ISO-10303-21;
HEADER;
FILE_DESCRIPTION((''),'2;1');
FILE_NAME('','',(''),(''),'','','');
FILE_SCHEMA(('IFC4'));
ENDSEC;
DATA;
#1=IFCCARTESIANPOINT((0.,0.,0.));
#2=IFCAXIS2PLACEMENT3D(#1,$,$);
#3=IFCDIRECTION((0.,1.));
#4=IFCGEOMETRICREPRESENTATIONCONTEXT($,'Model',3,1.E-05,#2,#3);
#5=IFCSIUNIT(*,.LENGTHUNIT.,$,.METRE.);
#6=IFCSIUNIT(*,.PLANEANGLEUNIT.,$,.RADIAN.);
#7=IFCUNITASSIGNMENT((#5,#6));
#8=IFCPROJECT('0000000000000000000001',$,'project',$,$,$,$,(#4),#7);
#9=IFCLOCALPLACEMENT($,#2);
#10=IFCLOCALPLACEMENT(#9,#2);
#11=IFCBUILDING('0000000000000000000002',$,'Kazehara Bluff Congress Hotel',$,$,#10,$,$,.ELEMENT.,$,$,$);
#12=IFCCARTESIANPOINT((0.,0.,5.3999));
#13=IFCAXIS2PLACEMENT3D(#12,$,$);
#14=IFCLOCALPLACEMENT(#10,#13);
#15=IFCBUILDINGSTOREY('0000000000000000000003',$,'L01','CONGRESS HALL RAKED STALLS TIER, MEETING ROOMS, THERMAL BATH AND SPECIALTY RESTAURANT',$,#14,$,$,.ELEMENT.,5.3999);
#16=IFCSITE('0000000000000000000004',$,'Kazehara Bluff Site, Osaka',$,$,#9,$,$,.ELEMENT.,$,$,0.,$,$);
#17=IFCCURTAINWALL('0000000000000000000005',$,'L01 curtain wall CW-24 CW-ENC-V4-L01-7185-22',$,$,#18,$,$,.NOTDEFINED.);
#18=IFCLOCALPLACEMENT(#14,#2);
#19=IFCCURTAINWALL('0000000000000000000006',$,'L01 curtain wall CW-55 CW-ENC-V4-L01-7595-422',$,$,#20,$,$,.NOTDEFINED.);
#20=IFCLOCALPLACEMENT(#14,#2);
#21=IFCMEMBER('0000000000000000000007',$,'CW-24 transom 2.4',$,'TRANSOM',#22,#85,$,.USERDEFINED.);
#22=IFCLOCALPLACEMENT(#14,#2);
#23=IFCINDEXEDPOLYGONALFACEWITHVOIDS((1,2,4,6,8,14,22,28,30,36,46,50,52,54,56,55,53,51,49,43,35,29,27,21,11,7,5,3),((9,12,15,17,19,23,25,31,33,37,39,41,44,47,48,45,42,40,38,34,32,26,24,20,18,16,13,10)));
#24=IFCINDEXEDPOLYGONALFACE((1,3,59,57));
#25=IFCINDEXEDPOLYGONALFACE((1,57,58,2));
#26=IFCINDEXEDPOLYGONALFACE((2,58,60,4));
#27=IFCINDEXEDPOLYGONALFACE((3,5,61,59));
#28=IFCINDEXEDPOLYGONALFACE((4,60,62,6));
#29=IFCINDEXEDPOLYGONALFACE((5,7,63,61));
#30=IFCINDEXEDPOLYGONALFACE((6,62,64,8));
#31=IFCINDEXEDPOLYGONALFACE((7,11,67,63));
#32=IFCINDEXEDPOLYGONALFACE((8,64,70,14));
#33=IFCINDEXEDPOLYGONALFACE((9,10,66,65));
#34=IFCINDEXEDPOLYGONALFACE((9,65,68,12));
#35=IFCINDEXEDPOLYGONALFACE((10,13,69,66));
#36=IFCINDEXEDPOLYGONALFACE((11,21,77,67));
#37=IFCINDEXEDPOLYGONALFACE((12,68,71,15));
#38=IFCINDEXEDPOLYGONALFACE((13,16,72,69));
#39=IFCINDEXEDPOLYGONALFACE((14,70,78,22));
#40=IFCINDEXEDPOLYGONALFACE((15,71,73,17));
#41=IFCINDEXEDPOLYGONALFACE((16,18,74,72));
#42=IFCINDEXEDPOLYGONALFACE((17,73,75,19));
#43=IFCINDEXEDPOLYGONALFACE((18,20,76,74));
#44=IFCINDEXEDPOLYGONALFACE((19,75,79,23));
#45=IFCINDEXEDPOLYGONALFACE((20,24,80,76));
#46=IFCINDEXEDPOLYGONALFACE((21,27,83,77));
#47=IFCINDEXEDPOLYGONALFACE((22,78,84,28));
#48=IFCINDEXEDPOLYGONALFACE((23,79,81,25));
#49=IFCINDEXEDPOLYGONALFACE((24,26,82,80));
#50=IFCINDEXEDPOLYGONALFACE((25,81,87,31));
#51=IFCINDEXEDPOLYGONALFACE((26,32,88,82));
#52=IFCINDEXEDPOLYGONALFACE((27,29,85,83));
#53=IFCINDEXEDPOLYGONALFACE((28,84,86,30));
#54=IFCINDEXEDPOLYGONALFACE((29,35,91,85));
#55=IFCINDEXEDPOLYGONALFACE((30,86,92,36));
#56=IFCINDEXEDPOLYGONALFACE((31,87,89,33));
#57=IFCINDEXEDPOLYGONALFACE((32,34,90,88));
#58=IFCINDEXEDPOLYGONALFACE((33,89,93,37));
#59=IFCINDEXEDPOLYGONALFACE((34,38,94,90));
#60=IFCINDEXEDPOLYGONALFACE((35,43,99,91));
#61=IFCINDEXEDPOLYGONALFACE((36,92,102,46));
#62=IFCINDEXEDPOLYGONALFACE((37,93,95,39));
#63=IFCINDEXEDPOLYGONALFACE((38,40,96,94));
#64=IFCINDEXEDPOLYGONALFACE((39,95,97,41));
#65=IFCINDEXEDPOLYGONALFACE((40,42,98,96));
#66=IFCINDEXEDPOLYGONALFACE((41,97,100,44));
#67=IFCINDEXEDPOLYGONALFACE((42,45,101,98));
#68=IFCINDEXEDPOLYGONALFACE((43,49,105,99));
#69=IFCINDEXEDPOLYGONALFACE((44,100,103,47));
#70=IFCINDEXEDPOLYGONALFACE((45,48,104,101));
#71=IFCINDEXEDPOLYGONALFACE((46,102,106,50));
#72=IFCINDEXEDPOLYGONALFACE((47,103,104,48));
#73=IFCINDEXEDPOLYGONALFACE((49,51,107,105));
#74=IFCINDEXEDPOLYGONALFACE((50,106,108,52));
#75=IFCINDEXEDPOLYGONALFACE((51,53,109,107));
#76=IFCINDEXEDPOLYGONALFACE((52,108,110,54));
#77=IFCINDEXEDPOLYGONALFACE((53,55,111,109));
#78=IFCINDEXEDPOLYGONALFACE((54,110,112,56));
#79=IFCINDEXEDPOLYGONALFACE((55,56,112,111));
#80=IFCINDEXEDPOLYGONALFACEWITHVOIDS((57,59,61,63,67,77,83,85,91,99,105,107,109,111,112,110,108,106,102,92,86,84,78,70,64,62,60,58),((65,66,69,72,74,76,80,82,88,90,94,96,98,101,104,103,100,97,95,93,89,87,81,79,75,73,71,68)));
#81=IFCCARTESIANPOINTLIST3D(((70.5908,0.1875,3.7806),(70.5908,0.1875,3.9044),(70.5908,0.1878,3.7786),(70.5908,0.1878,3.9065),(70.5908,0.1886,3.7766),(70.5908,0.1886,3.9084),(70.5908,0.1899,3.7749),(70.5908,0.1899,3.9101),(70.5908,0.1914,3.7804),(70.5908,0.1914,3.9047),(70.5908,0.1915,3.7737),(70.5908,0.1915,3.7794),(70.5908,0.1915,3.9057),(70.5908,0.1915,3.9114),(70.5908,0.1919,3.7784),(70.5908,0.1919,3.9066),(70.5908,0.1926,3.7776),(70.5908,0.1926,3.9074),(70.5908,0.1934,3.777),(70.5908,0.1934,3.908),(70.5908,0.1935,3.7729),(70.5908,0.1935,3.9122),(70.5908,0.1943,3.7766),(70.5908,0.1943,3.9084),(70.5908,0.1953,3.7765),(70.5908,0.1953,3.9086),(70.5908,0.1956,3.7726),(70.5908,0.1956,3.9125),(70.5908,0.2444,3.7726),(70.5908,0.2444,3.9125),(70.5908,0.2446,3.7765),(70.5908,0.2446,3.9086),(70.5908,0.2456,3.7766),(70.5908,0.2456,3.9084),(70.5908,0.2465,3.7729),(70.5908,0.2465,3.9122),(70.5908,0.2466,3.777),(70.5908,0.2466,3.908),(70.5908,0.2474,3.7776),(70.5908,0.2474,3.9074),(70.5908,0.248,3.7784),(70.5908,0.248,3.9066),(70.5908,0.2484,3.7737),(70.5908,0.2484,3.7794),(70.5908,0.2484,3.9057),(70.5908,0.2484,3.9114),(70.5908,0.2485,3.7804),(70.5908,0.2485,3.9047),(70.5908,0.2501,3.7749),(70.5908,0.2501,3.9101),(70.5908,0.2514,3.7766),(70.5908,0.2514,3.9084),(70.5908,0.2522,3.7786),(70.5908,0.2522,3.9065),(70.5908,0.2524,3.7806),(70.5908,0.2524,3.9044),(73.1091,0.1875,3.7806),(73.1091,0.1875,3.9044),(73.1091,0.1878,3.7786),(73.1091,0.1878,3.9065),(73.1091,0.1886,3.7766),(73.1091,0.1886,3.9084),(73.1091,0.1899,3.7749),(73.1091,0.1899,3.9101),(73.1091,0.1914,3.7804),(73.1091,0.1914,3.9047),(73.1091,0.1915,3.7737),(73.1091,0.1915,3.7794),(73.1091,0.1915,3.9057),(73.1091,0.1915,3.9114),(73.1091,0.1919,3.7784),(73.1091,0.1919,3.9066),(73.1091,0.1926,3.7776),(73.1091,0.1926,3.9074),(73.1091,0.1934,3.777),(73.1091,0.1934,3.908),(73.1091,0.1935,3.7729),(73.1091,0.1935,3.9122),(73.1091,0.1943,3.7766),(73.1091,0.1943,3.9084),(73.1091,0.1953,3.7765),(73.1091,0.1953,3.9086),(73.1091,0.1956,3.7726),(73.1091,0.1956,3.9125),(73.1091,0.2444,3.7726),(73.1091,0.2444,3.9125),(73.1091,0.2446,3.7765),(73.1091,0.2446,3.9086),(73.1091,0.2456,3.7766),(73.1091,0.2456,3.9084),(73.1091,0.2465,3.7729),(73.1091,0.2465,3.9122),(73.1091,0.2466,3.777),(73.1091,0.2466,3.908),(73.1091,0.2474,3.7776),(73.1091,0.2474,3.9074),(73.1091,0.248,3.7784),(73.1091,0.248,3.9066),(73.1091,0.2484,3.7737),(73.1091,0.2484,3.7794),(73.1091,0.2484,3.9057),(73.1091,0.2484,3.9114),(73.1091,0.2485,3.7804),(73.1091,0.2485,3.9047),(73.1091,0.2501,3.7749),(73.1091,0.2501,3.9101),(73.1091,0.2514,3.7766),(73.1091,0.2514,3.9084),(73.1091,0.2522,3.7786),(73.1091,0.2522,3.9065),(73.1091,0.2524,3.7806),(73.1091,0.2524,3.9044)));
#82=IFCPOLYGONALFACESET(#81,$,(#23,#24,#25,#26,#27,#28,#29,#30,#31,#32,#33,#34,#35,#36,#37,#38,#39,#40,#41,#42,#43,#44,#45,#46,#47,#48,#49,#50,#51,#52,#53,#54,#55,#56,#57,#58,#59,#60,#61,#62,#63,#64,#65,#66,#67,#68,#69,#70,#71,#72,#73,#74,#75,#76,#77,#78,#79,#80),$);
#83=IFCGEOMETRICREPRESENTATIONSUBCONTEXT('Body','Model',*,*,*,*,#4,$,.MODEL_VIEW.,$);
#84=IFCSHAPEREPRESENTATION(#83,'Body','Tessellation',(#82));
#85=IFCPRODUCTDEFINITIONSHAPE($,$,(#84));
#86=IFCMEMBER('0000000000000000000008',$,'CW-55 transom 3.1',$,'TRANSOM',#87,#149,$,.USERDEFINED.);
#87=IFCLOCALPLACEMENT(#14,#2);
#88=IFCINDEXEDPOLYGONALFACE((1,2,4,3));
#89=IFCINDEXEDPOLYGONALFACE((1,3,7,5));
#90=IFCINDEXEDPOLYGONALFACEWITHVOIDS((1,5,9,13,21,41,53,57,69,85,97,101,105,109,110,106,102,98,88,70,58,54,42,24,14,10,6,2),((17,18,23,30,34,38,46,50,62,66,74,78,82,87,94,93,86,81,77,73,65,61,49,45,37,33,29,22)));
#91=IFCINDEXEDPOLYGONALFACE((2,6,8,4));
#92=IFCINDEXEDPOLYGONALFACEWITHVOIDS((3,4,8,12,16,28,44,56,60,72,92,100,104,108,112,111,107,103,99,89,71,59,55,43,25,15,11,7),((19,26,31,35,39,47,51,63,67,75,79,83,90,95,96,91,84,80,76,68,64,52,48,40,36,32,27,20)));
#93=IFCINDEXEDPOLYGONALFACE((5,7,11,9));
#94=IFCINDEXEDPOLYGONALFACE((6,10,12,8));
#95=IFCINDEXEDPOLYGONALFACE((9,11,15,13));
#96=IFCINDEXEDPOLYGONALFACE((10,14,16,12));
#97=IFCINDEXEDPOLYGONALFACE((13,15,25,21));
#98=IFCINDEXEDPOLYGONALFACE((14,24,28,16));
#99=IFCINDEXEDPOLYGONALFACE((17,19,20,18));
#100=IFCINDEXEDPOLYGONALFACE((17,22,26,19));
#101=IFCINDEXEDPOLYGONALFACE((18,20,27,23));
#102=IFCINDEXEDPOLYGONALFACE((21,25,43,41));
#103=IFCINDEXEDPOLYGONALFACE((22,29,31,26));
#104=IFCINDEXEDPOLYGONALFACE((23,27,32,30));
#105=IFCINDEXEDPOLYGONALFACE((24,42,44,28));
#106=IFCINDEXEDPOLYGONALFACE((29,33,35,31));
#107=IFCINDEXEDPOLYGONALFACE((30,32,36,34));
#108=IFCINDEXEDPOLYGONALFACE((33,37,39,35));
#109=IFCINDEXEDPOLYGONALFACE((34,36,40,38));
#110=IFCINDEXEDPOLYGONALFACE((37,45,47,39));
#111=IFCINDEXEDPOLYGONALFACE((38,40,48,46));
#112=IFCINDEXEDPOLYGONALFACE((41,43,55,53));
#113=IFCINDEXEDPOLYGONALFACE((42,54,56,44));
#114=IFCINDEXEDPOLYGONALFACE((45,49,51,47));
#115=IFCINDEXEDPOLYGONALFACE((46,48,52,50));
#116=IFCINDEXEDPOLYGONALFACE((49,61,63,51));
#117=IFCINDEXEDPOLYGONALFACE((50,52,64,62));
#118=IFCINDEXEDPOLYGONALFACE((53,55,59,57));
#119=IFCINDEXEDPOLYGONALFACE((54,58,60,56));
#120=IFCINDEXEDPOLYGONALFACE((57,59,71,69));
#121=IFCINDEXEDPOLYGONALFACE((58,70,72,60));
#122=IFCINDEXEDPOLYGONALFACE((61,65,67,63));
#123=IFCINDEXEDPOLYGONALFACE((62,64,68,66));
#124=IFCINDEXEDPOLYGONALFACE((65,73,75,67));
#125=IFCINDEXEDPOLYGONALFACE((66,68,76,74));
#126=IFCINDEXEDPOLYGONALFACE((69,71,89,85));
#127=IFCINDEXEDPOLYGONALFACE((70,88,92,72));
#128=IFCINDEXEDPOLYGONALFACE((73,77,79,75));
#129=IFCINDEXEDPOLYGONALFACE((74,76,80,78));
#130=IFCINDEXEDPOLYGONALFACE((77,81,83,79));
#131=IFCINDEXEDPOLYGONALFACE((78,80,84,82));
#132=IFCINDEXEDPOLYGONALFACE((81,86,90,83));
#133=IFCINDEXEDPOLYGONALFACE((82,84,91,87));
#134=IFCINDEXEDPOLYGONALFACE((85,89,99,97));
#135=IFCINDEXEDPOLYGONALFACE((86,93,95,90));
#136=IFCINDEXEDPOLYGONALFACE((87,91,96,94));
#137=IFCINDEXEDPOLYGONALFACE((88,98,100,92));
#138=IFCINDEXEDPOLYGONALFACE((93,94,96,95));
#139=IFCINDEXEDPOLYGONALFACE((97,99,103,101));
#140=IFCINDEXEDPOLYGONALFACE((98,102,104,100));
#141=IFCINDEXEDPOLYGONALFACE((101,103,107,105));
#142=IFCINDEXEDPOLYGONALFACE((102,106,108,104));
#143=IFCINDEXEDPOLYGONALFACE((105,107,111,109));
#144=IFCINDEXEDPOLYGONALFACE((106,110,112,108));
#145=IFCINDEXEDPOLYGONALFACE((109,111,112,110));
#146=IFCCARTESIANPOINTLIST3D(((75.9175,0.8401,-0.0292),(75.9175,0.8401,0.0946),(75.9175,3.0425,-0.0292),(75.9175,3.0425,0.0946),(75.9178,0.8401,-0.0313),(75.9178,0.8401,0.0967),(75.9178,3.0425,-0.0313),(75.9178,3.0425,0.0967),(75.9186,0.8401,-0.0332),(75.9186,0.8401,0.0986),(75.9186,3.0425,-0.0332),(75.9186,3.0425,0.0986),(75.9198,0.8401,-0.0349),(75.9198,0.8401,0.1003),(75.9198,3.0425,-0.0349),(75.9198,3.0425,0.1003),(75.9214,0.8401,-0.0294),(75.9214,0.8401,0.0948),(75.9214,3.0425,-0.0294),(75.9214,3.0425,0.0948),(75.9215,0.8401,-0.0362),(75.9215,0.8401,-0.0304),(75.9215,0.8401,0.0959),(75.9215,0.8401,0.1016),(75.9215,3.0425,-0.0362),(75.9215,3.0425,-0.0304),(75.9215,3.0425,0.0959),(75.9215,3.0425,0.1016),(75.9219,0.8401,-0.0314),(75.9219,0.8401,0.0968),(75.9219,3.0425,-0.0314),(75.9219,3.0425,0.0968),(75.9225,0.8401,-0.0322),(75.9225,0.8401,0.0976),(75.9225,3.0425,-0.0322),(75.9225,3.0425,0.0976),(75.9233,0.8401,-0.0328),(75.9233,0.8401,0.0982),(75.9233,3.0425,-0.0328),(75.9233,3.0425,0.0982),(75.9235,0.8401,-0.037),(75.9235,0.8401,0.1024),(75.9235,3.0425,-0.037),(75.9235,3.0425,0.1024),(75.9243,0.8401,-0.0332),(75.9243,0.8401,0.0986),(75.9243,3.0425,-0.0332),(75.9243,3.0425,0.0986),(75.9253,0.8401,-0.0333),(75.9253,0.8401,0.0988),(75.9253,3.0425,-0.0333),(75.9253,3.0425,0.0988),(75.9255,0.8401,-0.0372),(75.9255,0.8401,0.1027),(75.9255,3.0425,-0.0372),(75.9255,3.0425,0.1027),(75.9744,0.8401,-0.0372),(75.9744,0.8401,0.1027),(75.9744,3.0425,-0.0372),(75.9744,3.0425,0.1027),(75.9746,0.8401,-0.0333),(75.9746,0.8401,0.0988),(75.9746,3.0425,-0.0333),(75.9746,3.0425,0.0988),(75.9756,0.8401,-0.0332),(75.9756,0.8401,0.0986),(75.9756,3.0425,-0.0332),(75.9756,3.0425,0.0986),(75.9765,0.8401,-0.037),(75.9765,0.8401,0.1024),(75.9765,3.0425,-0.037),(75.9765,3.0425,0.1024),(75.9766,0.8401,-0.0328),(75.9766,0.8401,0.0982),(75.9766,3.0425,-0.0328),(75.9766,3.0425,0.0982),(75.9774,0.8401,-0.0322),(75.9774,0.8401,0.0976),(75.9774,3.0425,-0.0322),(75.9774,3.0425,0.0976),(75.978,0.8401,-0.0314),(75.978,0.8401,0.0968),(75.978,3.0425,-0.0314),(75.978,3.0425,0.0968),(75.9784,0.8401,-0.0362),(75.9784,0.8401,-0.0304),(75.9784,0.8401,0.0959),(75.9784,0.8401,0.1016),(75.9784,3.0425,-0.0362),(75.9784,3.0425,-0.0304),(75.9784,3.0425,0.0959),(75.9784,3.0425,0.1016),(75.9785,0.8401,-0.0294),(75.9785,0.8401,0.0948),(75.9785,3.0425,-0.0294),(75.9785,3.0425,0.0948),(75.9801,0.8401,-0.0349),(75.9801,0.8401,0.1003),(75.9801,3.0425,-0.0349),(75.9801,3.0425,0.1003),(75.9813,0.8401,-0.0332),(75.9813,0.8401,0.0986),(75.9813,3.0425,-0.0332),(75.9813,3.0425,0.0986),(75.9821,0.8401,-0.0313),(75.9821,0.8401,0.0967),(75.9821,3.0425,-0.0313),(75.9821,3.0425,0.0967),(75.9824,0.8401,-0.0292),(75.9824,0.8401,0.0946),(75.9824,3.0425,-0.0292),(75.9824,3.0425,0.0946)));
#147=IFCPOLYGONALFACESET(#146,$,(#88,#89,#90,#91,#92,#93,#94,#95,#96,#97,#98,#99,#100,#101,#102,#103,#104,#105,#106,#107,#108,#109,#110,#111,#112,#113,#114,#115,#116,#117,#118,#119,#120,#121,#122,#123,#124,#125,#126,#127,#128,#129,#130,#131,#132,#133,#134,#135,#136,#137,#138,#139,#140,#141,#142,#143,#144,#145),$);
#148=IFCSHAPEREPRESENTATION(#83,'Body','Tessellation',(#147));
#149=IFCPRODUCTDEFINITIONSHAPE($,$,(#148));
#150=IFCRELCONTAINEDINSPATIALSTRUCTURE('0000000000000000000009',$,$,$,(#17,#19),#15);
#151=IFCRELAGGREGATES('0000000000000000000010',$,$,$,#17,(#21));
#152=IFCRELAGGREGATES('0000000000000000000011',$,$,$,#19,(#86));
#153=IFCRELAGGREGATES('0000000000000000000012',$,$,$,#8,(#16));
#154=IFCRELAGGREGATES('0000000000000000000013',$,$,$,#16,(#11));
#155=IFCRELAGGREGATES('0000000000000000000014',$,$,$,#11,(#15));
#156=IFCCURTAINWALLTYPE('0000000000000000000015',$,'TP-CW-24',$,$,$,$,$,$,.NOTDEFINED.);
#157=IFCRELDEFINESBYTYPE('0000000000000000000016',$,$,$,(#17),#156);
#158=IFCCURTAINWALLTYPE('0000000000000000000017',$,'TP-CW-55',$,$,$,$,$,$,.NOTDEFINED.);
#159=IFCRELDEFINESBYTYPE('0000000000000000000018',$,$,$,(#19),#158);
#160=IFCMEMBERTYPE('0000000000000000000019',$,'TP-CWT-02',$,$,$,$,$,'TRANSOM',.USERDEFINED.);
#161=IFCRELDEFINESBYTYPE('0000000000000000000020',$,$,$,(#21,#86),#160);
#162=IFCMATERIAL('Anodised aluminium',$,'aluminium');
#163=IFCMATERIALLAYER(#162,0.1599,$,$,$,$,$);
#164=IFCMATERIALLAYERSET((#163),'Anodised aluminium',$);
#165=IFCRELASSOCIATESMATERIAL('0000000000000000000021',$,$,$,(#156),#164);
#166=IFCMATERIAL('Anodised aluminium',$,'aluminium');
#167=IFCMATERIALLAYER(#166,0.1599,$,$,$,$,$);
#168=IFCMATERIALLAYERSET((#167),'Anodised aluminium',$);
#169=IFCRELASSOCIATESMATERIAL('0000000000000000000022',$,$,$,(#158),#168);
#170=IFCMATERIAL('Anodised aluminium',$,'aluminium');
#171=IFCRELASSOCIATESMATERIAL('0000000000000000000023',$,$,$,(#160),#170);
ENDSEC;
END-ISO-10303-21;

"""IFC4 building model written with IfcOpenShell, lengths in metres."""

from ifc_helpers import new_model, si_unit, direction, frame, origin, origin_2d, place, context, subcontext, project, spatial, hollow_rectangle, extrude, material, layer, layer_set, material_profile, profile_set, type_object, element, aggregate, save


model = new_model("IFC4")

# Units and contexts
model_context = context("Model", 3, precision=1e-05, world=origin(), true_north=direction((0.0, 1.0)))
body_context = subcontext(model_context, "Body", "Model", "MODEL_VIEW")
ifc_project = project(units=[si_unit("LENGTHUNIT", "METRE"), si_unit("PLANEANGLEUNIT", "RADIAN")], contexts=[model_context])

# Site, building, storey
site_placement = place(None, origin())
site = spatial("IfcSite", under=ifc_project, at=site_placement, Name="Kazehara Bluff Site, Osaka", CompositionType="ELEMENT", RefElevation=0.0)
building_placement = place(site_placement, origin())
building = spatial("IfcBuilding", under=site, at=building_placement, Name="Kazehara Bluff Congress Hotel", CompositionType="ELEMENT")
storey_placement = place(building_placement, frame((0.0, 0.0, 5.3999)))
storey = spatial("IfcBuildingStorey", under=building, at=storey_placement, Name="L01", Description="CONGRESS HALL RAKED STALLS TIER, MEETING ROOMS, THERMAL BATH AND SPECIALTY RESTAURANT", CompositionType="ELEMENT", Elevation=5.3999)

# Curtain walls
ifc_material_1 = material(Name="Anodised aluminium", Category="aluminium")
ifc_layer_1 = layer(ifc_material_1, 0.1599)
ifc_layer_set_1 = layer_set([ifc_layer_1], Name="Anodised aluminium")
curtain_wall_type_1 = type_object("IfcCurtainWallType", Name="TP-CW-24", PredefinedType="NOTDEFINED", material=ifc_layer_set_1)
curtain_wall_1_placement = place(storey_placement, origin())
curtain_wall_1 = element("IfcCurtainWall", 1, at=curtain_wall_1_placement, inside=storey, type_object=curtain_wall_type_1, Name="L01 curtain wall CW-24 CW-ENC-V4-L01-7185-22", PredefinedType="NOTDEFINED")
ifc_material_2 = material(Name="Anodised aluminium", Category="aluminium")
ifc_layer_2 = layer(ifc_material_2, 0.1599)
ifc_layer_set_2 = layer_set([ifc_layer_2], Name="Anodised aluminium")
curtain_wall_type_2 = type_object("IfcCurtainWallType", Name="TP-CW-55", PredefinedType="NOTDEFINED", material=ifc_layer_set_2)
curtain_wall_2_placement = place(storey_placement, origin())
curtain_wall_2 = element("IfcCurtainWall", 2, at=curtain_wall_2_placement, inside=storey, type_object=curtain_wall_type_2, Name="L01 curtain wall CW-55 CW-ENC-V4-L01-7595-422", PredefinedType="NOTDEFINED")

# Members
ifc_material_3 = material(Name="Anodised aluminium", Category="aluminium")
ifc_material_profile_1 = material_profile(ifc_material_3, hollow_rectangle(XDim=0.0649, YDim=0.1399, WallThickness=0.0039, InnerFilletRadius=0.0039, OuterFilletRadius=0.0081, at=origin_2d()))
ifc_profile_set_1 = profile_set([ifc_material_profile_1], Name="Anodised aluminium")
member_type_1 = type_object("IfcMemberType", Name="TP-CWT-02", ElementType="TRANSOM", PredefinedType="USERDEFINED", material=ifc_profile_set_1)
member_1_placement = place(storey_placement, frame((73.1091, 0.22, 3.8425), z_axis=(-1.0, 0.0, 0.0), x_axis=(0.0, -1.0, 0.0)))
member_1 = element("IfcMember", 3, at=member_1_placement, type_object=member_type_1, Name="CW-24 transom 2.4", ObjectType="TRANSOM", PredefinedType="USERDEFINED", context=body_context, shape_type="SweptSolid", body=[
    extrude(hollow_rectangle(XDim=0.0649, YDim=0.1399, WallThickness=0.0039, InnerFilletRadius=0.0039, OuterFilletRadius=0.0081, at=origin_2d()), origin(), (0.0, 0.0, 1.0), 2.5183),
])
member_2_placement = place(storey_placement, frame((75.95, 3.0425, 0.0327), z_axis=(0.0, -1.0, 0.0), x_axis=(1.0, 0.0, 0.0)))
member_2 = element("IfcMember", 4, at=member_2_placement, type_object=member_type_1, Name="CW-55 transom 3.1", ObjectType="TRANSOM", PredefinedType="USERDEFINED", context=body_context, shape_type="SweptSolid", body=[
    extrude(hollow_rectangle(XDim=0.0649, YDim=0.1399, WallThickness=0.0039, InnerFilletRadius=0.0039, OuterFilletRadius=0.0081, at=origin_2d()), origin(), (0.0, 0.0, 1.0), 2.2024),
])

aggregate(curtain_wall_1, [member_1])
aggregate(curtain_wall_2, [member_2])

save(model, "model.ifc")
